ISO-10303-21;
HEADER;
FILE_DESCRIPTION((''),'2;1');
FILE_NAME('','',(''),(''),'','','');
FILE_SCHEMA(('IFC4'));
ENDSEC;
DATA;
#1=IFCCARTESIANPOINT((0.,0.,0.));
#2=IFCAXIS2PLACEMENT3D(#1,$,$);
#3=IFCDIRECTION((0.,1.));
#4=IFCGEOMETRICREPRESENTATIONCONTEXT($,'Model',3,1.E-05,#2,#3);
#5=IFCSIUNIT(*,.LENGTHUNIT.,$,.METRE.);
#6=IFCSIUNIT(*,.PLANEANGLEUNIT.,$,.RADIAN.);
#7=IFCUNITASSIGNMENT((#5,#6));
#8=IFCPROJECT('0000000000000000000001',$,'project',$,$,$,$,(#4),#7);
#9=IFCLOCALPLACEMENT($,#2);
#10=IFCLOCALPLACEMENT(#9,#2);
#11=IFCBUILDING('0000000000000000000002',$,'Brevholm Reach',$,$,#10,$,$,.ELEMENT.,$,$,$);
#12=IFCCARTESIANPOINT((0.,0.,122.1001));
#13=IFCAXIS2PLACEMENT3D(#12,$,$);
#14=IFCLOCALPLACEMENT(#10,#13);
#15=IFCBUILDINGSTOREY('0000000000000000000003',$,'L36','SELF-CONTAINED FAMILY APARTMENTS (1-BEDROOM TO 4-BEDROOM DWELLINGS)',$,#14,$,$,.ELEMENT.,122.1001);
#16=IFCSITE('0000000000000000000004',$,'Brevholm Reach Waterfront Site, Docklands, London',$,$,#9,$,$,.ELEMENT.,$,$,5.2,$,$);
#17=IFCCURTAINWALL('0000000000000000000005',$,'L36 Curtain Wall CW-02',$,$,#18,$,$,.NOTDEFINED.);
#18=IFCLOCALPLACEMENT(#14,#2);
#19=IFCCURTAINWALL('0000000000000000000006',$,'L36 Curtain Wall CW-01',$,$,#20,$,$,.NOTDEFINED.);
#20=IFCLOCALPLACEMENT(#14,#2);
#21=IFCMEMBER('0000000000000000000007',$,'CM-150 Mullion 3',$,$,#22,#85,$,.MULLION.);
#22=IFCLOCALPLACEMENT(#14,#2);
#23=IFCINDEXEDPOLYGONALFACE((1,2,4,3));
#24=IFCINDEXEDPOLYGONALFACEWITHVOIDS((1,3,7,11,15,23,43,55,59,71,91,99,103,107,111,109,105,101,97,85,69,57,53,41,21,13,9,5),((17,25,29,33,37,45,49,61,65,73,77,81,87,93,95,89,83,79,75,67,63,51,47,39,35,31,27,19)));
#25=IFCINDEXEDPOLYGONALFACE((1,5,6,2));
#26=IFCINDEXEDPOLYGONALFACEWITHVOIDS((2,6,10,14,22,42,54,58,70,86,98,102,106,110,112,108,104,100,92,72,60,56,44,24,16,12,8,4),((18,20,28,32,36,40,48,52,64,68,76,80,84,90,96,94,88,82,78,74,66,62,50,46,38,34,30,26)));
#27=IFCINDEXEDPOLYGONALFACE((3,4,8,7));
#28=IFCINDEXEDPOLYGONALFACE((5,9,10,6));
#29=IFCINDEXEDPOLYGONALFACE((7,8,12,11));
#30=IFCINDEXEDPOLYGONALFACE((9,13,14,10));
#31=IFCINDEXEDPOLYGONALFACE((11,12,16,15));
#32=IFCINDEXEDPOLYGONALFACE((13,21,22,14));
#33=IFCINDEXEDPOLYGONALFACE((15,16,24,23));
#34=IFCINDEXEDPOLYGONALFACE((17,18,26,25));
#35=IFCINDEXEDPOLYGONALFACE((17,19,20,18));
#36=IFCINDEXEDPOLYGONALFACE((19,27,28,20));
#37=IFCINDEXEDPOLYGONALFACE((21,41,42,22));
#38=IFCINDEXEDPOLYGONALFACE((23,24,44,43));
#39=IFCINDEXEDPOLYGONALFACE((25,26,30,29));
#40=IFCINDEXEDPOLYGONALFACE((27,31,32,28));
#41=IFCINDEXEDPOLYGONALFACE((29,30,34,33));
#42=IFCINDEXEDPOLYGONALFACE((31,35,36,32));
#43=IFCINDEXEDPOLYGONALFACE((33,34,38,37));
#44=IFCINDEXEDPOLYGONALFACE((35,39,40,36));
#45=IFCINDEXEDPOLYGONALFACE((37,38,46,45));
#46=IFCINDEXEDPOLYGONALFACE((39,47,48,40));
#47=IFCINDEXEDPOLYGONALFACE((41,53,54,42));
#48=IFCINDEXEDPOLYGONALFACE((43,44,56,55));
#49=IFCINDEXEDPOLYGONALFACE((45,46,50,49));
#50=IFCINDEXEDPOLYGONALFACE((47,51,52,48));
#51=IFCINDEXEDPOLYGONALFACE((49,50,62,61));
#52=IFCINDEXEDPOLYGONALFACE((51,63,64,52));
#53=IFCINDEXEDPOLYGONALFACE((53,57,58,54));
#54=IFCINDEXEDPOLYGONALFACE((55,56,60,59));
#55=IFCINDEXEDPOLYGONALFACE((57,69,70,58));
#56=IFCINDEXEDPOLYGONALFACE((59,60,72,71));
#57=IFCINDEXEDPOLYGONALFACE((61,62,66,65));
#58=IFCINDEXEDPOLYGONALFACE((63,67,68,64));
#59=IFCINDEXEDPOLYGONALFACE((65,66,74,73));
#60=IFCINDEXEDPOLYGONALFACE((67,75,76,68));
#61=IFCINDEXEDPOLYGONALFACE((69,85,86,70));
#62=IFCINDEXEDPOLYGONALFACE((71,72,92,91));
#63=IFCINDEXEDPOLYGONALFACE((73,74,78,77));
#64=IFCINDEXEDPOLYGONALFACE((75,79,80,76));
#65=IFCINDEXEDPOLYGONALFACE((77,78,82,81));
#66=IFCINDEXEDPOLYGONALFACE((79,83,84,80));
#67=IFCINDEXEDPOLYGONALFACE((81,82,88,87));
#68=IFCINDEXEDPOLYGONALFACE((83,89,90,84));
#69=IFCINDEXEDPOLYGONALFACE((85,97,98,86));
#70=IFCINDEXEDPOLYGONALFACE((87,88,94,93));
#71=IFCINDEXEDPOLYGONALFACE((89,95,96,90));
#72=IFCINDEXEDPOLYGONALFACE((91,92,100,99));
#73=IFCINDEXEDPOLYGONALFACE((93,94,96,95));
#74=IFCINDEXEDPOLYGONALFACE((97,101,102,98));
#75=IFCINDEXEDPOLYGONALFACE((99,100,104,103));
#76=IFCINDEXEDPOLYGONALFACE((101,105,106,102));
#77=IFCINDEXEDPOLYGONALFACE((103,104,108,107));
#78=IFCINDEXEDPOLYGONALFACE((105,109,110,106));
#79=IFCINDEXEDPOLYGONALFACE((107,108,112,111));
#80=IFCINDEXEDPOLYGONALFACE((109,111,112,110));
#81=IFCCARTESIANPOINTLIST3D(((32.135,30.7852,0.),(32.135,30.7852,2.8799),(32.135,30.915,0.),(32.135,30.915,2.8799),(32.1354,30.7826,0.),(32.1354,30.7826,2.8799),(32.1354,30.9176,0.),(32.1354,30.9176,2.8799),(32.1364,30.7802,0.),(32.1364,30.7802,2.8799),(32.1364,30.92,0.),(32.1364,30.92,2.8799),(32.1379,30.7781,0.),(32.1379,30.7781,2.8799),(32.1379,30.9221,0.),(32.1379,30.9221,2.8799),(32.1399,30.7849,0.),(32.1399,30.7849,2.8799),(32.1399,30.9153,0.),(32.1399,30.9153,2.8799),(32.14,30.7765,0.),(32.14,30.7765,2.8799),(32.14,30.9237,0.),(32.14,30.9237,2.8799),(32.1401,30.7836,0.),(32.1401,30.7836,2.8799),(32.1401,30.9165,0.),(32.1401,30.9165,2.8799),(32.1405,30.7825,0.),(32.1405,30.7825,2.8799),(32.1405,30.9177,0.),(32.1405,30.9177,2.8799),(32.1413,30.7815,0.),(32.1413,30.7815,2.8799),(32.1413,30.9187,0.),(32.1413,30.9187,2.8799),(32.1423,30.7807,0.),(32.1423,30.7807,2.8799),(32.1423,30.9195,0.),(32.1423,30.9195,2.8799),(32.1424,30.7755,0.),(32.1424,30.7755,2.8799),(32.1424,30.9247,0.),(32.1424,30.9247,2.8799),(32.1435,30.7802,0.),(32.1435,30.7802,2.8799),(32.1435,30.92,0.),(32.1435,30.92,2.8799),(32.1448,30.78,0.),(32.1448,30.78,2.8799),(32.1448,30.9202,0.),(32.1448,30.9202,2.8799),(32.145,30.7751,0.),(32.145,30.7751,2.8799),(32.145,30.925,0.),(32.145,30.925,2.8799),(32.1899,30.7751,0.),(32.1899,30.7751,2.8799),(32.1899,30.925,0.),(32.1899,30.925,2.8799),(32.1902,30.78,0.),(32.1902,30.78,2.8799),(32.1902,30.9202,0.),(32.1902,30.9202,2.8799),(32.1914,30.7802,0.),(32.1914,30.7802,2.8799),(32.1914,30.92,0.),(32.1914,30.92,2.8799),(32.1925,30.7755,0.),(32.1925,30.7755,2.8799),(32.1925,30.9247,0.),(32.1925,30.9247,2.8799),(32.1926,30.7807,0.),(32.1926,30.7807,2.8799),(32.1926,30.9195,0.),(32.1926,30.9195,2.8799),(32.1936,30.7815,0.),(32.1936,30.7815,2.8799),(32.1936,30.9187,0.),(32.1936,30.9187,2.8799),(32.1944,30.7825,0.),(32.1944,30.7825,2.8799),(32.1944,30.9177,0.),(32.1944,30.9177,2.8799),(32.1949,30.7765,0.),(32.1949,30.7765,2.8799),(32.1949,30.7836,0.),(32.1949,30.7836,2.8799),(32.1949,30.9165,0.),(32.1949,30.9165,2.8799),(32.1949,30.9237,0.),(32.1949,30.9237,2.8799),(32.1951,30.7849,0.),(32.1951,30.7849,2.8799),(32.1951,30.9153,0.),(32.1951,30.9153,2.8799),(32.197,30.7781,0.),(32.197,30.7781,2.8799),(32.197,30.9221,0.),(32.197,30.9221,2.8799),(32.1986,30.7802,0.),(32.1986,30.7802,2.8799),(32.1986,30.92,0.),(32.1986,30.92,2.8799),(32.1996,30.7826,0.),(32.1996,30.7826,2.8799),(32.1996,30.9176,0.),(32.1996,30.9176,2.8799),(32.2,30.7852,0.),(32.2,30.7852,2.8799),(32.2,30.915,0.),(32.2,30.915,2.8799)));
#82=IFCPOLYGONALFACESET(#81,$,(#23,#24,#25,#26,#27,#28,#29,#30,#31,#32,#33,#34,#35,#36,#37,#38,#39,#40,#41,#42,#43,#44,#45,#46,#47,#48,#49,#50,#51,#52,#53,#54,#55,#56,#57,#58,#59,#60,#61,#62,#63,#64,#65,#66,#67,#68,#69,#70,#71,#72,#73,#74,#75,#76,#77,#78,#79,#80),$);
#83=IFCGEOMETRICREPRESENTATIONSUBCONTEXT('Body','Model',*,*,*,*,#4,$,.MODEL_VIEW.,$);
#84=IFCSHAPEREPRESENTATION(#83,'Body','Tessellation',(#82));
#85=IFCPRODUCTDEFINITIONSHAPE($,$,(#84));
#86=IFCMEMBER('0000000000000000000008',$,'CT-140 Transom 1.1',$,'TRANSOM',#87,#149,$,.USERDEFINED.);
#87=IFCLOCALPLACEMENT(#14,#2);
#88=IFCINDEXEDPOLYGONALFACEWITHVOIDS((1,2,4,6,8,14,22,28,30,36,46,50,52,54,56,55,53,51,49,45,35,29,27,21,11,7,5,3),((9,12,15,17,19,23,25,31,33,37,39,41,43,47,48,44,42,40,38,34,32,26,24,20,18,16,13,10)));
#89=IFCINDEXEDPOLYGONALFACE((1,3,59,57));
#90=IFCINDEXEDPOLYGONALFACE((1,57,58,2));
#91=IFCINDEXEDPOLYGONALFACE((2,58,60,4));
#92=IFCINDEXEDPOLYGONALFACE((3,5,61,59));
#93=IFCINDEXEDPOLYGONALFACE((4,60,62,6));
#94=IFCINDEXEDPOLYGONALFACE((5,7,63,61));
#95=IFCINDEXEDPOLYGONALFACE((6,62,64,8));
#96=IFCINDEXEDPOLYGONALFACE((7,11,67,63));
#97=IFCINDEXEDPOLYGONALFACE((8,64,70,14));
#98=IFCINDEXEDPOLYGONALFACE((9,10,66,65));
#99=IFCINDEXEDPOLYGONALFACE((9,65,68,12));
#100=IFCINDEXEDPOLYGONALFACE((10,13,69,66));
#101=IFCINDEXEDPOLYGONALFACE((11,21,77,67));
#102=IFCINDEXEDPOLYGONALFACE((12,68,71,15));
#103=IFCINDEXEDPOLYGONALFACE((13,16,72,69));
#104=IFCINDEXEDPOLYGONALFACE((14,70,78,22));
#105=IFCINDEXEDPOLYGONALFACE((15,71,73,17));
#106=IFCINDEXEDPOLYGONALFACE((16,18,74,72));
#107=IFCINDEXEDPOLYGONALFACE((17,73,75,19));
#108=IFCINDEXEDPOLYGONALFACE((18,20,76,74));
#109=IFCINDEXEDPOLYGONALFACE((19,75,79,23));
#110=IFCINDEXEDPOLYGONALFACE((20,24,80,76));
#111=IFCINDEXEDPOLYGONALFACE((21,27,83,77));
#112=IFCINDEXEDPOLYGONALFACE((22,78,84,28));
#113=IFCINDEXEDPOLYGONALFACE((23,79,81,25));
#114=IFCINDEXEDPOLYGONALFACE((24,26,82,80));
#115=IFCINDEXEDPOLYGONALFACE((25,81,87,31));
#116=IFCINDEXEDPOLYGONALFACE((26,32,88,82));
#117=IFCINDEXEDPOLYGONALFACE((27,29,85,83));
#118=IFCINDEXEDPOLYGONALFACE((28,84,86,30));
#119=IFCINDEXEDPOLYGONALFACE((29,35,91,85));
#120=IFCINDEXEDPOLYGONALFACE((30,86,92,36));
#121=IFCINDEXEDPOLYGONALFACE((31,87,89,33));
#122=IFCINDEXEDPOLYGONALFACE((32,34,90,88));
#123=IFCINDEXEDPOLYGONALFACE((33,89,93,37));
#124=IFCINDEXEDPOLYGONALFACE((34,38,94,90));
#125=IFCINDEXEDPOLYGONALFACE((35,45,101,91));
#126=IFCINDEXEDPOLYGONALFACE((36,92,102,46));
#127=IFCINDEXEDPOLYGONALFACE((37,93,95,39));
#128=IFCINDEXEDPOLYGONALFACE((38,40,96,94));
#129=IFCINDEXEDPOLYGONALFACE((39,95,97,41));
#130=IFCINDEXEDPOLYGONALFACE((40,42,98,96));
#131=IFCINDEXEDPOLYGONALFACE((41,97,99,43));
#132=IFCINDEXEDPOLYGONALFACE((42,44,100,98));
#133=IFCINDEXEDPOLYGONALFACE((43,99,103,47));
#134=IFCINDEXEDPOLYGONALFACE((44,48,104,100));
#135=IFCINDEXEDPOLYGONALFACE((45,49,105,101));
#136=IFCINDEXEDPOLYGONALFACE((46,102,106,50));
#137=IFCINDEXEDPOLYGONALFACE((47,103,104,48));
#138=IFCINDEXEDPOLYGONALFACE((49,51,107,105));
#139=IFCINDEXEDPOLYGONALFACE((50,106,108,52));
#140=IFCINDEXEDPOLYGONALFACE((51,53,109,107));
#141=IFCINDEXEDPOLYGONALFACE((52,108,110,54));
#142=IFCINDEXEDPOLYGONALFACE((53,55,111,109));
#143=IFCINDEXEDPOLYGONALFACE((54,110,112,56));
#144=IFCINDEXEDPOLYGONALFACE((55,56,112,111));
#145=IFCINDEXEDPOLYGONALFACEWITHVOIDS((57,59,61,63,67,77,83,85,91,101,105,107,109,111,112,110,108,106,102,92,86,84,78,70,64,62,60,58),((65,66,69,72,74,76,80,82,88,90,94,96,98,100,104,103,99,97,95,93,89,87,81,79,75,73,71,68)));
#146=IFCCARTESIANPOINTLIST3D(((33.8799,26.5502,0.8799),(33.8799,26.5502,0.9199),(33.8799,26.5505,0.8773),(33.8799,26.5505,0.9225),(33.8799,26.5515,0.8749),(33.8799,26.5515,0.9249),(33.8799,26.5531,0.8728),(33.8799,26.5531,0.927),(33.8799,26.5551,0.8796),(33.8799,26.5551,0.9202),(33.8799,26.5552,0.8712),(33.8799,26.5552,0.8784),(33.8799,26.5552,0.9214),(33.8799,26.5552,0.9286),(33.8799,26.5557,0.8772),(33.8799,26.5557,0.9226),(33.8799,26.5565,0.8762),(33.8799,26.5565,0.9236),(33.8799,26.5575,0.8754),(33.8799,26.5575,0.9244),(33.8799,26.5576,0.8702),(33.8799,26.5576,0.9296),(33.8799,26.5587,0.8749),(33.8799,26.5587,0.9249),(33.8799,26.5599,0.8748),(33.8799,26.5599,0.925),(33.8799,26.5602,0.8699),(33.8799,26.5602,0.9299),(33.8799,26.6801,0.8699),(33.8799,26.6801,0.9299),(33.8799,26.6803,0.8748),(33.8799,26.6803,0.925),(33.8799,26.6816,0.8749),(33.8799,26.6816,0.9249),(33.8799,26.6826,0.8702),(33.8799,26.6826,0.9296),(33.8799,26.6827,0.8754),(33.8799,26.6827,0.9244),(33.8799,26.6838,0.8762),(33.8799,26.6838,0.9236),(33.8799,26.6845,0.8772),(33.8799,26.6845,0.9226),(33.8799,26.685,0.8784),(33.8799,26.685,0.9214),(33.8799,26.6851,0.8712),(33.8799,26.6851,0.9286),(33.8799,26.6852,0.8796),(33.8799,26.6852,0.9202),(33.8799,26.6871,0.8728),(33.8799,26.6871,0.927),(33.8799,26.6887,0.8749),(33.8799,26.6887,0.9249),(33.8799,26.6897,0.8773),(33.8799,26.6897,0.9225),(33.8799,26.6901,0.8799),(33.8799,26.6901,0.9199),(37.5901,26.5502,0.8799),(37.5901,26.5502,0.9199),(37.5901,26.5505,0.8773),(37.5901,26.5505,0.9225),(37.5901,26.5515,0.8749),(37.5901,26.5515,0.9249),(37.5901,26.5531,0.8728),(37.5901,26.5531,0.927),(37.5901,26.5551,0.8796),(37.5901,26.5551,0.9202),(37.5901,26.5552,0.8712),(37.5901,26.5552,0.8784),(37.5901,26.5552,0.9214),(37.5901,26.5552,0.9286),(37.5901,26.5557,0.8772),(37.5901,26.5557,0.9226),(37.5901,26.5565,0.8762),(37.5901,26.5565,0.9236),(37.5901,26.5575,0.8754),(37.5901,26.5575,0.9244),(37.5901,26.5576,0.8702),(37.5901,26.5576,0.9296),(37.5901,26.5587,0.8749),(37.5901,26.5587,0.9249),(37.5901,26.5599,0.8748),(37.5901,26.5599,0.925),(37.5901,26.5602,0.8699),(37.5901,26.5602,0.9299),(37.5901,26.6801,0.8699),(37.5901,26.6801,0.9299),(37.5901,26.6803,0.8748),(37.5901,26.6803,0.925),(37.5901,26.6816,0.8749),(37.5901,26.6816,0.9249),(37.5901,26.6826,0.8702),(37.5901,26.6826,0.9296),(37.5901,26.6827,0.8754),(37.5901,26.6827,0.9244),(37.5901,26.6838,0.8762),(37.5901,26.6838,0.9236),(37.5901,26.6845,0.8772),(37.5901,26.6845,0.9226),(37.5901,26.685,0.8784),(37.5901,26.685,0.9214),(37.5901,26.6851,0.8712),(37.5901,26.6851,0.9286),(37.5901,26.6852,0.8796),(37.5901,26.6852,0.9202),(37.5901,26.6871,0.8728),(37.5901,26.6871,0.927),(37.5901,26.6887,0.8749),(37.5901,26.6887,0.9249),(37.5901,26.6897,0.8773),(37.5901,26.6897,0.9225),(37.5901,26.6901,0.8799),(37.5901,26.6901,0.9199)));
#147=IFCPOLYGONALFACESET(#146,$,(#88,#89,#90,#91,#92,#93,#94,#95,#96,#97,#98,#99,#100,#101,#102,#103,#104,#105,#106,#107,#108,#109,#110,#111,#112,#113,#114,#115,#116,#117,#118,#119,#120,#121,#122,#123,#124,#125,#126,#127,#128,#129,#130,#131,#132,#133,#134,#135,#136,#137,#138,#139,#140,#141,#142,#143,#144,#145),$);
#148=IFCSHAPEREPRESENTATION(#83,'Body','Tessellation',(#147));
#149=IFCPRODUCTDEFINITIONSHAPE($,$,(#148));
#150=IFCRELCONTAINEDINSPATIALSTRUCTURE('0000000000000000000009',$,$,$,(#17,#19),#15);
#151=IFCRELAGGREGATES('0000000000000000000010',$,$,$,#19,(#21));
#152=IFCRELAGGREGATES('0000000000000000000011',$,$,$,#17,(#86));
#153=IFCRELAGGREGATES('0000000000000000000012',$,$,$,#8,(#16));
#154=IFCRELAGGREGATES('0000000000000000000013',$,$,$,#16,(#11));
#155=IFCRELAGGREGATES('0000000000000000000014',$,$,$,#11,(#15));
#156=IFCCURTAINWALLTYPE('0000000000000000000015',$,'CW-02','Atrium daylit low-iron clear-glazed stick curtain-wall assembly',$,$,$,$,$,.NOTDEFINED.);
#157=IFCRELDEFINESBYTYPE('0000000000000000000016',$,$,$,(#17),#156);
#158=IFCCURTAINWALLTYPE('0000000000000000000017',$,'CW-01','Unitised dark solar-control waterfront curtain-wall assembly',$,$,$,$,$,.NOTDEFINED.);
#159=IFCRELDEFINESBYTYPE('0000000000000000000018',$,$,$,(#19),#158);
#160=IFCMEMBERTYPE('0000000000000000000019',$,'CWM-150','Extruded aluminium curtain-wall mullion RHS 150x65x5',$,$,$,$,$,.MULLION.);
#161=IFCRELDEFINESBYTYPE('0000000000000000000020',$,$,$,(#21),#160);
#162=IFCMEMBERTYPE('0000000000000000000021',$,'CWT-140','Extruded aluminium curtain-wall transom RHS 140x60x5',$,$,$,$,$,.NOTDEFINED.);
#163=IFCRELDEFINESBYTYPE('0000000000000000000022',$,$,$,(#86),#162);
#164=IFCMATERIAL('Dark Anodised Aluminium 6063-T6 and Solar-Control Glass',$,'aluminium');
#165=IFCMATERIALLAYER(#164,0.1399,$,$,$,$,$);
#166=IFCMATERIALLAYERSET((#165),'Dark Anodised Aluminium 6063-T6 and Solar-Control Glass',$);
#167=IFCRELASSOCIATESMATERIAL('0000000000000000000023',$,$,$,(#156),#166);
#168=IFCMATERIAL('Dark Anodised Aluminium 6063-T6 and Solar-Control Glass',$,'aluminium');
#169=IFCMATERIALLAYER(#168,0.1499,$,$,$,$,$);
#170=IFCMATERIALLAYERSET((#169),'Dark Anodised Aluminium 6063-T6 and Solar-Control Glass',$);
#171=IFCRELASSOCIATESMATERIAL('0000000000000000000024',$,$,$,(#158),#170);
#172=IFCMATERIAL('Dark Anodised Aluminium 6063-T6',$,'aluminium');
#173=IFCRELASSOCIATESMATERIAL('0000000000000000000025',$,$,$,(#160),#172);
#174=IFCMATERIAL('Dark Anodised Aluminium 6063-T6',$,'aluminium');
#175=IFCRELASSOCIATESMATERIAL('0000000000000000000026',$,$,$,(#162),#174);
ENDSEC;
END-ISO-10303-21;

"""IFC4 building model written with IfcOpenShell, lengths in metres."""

from ifc_helpers import new_model, si_unit, direction, frame, origin, origin_2d, place, context, subcontext, project, spatial, hollow_rectangle, extrude, material, layer, layer_set, material_profile, profile_set, type_object, element, aggregate, save


model = new_model("IFC4")

# Units and contexts
model_context = context("Model", 3, precision=1e-05, world=origin(), true_north=direction((0.0, 1.0)))
body_context = subcontext(model_context, "Body", "Model", "MODEL_VIEW")
ifc_project = project(units=[si_unit("LENGTHUNIT", "METRE"), si_unit("PLANEANGLEUNIT", "RADIAN")], contexts=[model_context])

# Site, building, storey
site_placement = place(None, origin())
site = spatial("IfcSite", under=ifc_project, at=site_placement, Name="Brevholm Reach Waterfront Site, Docklands, London", CompositionType="ELEMENT", RefElevation=5.2)
building_placement = place(site_placement, origin())
building = spatial("IfcBuilding", under=site, at=building_placement, Name="Brevholm Reach", CompositionType="ELEMENT")
storey_placement = place(building_placement, frame((0.0, 0.0, 122.1001)))
storey = spatial("IfcBuildingStorey", under=building, at=storey_placement, Name="L36", Description="SELF-CONTAINED FAMILY APARTMENTS (1-BEDROOM TO 4-BEDROOM DWELLINGS)", CompositionType="ELEMENT", Elevation=122.1001)

# Curtain wall
ifc_material_1 = material(Name="Dark Anodised Aluminium 6063-T6 and Solar-Control Glass", Category="aluminium")
ifc_layer_1 = layer(ifc_material_1, 0.1399)
ifc_layer_set_1 = layer_set([ifc_layer_1], Name="Dark Anodised Aluminium 6063-T6 and Solar-Control Glass")
curtain_wall_type_1 = type_object("IfcCurtainWallType", Name="CW-02", Description="Atrium daylit low-iron clear-glazed stick curtain-wall assembly", PredefinedType="NOTDEFINED", material=ifc_layer_set_1)
curtain_wall_1_placement = place(storey_placement, origin())
curtain_wall_1 = element("IfcCurtainWall", 1, at=curtain_wall_1_placement, inside=storey, type_object=curtain_wall_type_1, Name="L36 Curtain Wall CW-02", PredefinedType="NOTDEFINED")

# Curtain wall, member
ifc_material_2 = material(Name="Dark Anodised Aluminium 6063-T6 and Solar-Control Glass", Category="aluminium")
ifc_layer_2 = layer(ifc_material_2, 0.1499)
ifc_layer_set_2 = layer_set([ifc_layer_2], Name="Dark Anodised Aluminium 6063-T6 and Solar-Control Glass")
curtain_wall_type_2 = type_object("IfcCurtainWallType", Name="CW-01", Description="Unitised dark solar-control waterfront curtain-wall assembly", PredefinedType="NOTDEFINED", material=ifc_layer_set_2)
curtain_wall_2_placement = place(storey_placement, origin())
curtain_wall_2 = element("IfcCurtainWall", 2, at=curtain_wall_2_placement, inside=storey, type_object=curtain_wall_type_2, Name="L36 Curtain Wall CW-01", PredefinedType="NOTDEFINED")
ifc_material_3 = material(Name="Dark Anodised Aluminium 6063-T6", Category="aluminium")
ifc_material_profile_1 = material_profile(ifc_material_3, hollow_rectangle(XDim=0.0649, YDim=0.1499, WallThickness=0.0049, InnerFilletRadius=0.0049, OuterFilletRadius=0.01, at=origin_2d()), Name="RHS 150x65x5")
ifc_profile_set_1 = profile_set([ifc_material_profile_1], Name="Dark Anodised Aluminium 6063-T6")
member_type_1 = type_object("IfcMemberType", Name="CWM-150", Description="Extruded aluminium curtain-wall mullion RHS 150x65x5", PredefinedType="MULLION", material=ifc_profile_set_1)
member_1_placement = place(storey_placement, frame((32.1675, 30.8501, 0.0), z_axis=(0.0, 0.0, 1.0), x_axis=(1.0, 0.0, 0.0)))
member_1 = element("IfcMember", 3, at=member_1_placement, type_object=member_type_1, Name="CM-150 Mullion 3", PredefinedType="MULLION", context=body_context, shape_type="SweptSolid", body=[
    extrude(hollow_rectangle(XDim=0.0649, YDim=0.1499, WallThickness=0.0049, InnerFilletRadius=0.0049, OuterFilletRadius=0.01, at=origin_2d()), origin(), (0.0, 0.0, 1.0), 2.8799),
])

# Member
ifc_material_4 = material(Name="Dark Anodised Aluminium 6063-T6", Category="aluminium")
ifc_material_profile_2 = material_profile(ifc_material_4, hollow_rectangle(XDim=0.0601, YDim=0.1399, WallThickness=0.0049, InnerFilletRadius=0.0049, OuterFilletRadius=0.01, at=origin_2d()), Name="RHS 140x60x5")
ifc_profile_set_2 = profile_set([ifc_material_profile_2], Name="Dark Anodised Aluminium 6063-T6")
member_type_2 = type_object("IfcMemberType", Name="CWT-140", Description="Extruded aluminium curtain-wall transom RHS 140x60x5", PredefinedType="NOTDEFINED", material=ifc_profile_set_2)
member_2_placement = place(storey_placement, frame((37.5901, 26.6201, 0.8999), z_axis=(-1.0, 0.0, 0.0), x_axis=(0.0, 0.0, 1.0)))
member_2 = element("IfcMember", 4, at=member_2_placement, type_object=member_type_2, Name="CT-140 Transom 1.1", ObjectType="TRANSOM", PredefinedType="USERDEFINED", context=body_context, shape_type="SweptSolid", body=[
    extrude(hollow_rectangle(XDim=0.0601, YDim=0.1399, WallThickness=0.0049, InnerFilletRadius=0.0049, OuterFilletRadius=0.01, at=origin_2d()), origin(), (0.0, 0.0, 1.0), 3.7102),
])

aggregate(curtain_wall_2, [member_1])
aggregate(curtain_wall_1, [member_2])

save(model, "model.ifc")
